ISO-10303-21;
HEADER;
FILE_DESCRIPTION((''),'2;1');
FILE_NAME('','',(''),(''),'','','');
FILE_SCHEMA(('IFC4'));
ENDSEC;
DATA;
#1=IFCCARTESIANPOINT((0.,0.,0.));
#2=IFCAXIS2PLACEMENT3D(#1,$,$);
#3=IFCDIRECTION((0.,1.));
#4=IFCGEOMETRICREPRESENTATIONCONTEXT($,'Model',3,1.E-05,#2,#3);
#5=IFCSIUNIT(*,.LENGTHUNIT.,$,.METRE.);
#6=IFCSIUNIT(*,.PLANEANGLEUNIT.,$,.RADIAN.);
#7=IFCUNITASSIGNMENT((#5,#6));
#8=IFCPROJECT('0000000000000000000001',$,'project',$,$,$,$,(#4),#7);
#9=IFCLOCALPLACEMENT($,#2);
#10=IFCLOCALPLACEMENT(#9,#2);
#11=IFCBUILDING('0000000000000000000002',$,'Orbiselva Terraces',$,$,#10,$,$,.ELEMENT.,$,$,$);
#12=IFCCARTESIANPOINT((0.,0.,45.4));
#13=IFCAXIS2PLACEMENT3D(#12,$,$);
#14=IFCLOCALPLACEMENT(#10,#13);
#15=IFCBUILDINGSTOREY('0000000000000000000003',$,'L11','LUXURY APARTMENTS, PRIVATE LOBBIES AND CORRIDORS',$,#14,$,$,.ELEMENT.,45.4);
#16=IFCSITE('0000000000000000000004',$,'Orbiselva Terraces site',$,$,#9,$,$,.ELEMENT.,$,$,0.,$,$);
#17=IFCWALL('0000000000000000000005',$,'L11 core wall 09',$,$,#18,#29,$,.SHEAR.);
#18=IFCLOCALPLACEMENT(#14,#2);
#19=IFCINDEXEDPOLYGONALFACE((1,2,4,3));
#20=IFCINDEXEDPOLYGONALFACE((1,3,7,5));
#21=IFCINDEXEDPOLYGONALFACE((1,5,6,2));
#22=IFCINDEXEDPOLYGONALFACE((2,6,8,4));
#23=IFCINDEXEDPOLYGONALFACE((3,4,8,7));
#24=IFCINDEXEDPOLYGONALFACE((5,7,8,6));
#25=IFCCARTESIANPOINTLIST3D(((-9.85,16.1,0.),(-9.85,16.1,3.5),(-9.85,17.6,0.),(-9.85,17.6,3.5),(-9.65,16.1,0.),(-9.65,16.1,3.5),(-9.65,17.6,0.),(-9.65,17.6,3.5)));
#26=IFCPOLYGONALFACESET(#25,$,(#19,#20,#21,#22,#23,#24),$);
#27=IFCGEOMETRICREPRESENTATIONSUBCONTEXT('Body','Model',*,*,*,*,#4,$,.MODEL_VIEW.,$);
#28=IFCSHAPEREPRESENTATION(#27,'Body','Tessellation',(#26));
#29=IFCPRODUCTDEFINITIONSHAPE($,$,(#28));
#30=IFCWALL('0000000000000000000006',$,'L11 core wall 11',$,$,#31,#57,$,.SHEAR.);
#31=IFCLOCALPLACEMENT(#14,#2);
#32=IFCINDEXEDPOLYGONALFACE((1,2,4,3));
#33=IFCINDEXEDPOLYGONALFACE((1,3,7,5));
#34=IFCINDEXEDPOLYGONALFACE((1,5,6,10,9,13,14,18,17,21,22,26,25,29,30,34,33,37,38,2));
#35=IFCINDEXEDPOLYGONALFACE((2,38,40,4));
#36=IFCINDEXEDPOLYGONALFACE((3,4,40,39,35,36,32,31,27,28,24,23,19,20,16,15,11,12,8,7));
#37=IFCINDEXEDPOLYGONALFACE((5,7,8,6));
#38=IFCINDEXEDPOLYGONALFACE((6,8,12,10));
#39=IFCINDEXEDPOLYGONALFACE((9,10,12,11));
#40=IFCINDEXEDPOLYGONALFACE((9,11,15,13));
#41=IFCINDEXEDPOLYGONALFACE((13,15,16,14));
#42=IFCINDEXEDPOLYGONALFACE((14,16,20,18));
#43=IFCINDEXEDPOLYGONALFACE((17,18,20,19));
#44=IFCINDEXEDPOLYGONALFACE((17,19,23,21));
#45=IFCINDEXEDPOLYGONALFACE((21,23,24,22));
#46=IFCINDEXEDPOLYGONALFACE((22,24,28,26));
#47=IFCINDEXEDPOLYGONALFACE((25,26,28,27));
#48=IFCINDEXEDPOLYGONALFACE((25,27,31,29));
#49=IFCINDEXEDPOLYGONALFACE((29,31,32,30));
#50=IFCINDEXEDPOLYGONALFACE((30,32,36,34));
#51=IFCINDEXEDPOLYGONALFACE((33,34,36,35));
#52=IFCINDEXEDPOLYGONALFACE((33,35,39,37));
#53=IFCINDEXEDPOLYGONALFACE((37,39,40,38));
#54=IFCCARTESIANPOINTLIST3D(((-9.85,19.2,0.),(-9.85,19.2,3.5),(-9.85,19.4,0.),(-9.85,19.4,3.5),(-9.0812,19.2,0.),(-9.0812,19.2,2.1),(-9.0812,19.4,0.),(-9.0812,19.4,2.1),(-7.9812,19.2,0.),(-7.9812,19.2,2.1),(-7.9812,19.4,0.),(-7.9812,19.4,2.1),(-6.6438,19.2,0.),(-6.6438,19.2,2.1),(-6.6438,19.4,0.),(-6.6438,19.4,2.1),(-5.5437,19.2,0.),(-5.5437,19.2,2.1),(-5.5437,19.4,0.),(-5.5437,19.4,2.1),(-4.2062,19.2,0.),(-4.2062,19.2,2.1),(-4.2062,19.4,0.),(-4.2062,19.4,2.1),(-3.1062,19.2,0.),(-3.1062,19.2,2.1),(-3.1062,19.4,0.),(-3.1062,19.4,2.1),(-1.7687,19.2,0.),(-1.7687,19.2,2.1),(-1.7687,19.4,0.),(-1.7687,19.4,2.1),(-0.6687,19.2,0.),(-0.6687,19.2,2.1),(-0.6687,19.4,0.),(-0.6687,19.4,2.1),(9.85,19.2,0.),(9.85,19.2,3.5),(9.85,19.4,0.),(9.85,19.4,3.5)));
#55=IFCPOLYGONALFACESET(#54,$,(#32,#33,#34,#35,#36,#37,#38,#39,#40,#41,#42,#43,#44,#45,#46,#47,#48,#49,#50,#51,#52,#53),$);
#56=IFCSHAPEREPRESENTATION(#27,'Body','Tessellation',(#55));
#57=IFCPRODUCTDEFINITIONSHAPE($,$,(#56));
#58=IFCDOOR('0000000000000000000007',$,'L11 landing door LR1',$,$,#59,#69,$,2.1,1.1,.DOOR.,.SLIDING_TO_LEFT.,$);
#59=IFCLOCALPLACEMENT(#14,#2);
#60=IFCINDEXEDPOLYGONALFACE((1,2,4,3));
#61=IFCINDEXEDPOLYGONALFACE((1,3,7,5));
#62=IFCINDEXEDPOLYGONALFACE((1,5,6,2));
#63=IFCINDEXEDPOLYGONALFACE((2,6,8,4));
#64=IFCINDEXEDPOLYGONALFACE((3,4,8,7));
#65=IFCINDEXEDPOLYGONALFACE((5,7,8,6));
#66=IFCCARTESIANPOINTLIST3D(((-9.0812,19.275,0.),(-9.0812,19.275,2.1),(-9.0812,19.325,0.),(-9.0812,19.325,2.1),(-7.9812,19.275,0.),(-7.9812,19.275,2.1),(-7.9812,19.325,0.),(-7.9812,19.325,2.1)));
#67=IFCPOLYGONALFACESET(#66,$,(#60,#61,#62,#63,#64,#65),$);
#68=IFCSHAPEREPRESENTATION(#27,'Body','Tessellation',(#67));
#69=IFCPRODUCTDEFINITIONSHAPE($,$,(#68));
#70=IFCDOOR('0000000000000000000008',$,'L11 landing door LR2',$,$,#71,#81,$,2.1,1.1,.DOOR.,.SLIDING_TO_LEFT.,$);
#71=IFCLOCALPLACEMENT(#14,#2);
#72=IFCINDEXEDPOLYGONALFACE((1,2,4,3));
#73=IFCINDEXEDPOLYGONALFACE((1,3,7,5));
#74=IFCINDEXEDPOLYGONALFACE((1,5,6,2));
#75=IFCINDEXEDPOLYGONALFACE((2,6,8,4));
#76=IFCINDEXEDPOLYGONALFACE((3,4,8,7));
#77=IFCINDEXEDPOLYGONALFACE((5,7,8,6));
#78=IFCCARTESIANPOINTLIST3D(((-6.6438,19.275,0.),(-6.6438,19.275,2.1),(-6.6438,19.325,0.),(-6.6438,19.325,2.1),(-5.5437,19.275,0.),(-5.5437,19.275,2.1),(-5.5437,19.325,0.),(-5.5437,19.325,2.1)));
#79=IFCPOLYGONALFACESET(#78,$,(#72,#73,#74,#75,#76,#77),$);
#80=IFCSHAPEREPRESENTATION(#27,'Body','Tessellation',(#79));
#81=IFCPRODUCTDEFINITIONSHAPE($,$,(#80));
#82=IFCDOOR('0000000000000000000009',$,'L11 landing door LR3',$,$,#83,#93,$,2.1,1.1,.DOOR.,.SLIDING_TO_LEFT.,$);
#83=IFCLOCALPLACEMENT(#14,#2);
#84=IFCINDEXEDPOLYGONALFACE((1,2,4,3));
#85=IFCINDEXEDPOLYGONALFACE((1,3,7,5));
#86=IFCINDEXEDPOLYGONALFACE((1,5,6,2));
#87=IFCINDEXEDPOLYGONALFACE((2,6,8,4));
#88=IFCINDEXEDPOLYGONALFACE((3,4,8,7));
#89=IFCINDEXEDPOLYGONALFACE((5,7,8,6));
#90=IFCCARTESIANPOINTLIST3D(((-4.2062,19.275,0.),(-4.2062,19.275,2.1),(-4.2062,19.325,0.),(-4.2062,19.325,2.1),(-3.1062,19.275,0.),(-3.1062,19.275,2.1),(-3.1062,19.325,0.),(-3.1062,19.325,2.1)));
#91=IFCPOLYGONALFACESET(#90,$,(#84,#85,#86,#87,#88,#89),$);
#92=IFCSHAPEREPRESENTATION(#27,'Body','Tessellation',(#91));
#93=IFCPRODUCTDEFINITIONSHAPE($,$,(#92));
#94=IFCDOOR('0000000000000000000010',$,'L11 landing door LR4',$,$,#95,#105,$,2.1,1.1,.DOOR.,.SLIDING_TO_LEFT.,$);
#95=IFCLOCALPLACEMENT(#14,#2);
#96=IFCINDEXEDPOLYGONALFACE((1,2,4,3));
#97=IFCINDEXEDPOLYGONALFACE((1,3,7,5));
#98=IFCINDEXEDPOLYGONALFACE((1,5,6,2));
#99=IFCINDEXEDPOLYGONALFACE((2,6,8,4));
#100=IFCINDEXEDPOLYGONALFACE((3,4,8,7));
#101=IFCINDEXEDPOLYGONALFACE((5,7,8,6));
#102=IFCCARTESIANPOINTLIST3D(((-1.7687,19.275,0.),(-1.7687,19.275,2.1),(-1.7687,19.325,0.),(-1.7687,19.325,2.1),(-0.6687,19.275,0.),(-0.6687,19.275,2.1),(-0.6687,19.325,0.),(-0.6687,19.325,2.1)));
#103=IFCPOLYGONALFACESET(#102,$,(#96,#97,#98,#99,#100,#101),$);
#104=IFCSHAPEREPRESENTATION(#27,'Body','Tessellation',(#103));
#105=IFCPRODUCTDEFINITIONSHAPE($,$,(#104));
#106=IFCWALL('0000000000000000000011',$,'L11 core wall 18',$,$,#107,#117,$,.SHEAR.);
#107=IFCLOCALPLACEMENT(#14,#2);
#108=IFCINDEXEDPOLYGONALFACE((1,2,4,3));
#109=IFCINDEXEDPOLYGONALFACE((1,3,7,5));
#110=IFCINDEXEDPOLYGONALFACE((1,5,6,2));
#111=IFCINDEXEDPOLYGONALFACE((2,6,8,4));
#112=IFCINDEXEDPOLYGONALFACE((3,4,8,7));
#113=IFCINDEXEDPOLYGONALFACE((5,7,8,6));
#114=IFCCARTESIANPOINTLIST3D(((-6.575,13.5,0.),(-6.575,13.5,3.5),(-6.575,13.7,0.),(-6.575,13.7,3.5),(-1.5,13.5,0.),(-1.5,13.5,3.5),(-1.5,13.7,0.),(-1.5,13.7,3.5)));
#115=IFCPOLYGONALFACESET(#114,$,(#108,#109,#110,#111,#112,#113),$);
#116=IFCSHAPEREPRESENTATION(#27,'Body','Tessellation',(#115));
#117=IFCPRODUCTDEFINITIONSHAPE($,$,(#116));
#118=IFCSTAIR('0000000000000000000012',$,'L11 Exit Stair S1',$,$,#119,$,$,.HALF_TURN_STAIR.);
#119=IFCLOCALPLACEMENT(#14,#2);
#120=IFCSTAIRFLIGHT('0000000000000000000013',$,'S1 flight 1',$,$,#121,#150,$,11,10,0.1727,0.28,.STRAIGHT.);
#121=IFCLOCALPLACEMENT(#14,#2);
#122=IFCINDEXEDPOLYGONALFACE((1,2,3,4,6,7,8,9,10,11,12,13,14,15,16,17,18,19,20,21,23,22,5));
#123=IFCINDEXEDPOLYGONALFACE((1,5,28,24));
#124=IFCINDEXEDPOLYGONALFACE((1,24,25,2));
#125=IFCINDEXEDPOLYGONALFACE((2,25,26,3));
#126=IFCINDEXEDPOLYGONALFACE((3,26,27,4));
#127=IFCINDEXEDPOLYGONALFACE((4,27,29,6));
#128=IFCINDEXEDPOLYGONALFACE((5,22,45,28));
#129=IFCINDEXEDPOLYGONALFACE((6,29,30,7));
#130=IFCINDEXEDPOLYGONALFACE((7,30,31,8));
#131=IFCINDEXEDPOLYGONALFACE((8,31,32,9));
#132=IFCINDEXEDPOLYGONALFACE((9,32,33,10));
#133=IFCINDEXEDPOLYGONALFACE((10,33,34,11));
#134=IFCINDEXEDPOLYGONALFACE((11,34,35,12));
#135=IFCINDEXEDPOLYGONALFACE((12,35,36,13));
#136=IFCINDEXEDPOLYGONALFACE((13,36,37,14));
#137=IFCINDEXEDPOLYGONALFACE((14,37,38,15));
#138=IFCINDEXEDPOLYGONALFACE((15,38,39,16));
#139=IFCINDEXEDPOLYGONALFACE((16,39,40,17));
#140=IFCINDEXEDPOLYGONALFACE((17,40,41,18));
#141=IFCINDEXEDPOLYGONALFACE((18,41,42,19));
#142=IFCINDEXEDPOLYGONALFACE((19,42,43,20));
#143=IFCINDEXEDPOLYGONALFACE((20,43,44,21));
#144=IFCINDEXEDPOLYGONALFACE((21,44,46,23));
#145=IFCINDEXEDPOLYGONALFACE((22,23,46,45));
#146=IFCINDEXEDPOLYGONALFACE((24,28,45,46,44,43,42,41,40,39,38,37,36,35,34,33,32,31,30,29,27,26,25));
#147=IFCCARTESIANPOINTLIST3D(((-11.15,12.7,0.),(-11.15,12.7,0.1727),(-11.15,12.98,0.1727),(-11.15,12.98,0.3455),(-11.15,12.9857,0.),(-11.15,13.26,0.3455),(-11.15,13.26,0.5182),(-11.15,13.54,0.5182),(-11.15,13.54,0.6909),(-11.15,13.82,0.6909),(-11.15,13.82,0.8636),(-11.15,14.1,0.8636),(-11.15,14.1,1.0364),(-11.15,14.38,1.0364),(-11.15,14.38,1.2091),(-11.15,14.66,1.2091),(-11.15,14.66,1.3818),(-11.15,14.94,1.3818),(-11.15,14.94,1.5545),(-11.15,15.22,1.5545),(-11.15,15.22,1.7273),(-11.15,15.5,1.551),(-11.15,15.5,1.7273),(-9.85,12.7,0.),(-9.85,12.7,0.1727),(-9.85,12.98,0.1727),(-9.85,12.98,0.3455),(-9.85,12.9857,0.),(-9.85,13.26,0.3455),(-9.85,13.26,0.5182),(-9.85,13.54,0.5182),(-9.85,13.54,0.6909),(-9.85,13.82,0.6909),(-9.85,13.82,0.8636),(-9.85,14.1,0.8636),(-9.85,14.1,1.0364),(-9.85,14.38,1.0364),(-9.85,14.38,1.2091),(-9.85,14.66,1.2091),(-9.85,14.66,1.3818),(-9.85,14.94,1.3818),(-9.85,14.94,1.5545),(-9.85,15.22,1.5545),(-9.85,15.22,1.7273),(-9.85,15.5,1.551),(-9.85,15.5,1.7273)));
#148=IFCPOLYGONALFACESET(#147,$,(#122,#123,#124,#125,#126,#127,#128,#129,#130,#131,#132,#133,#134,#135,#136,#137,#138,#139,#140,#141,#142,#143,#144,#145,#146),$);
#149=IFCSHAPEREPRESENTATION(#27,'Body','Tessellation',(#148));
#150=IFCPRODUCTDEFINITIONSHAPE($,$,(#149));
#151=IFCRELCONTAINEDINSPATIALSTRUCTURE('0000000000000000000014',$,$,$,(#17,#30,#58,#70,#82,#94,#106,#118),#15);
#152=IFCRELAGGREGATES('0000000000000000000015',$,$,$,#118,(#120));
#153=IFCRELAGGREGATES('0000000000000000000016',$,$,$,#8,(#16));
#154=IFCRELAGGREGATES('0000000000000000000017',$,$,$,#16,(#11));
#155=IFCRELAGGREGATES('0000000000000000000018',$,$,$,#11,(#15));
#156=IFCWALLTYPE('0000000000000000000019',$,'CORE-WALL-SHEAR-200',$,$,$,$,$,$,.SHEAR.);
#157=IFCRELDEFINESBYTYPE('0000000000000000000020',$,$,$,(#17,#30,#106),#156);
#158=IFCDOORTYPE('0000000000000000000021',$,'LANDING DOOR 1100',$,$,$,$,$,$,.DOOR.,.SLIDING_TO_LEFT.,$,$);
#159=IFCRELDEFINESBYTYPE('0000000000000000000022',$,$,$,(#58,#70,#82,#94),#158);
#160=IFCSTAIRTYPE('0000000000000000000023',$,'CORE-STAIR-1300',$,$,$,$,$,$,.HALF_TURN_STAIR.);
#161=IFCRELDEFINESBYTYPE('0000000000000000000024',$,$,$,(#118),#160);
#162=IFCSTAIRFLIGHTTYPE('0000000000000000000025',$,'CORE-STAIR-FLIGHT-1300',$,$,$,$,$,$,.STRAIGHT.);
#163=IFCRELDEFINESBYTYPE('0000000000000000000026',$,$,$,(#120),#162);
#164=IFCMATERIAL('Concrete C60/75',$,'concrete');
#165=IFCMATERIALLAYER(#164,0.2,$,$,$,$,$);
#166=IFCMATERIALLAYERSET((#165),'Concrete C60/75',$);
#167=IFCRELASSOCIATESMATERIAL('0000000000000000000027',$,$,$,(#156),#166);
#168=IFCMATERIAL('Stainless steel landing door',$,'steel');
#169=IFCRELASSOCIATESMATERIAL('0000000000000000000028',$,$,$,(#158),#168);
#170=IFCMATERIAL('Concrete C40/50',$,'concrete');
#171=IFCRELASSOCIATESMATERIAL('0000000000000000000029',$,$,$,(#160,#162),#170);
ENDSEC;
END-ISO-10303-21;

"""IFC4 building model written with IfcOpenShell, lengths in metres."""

from ifc_helpers import new_model, si_unit, direction, frame, frame_2d, origin, place, context, subcontext, project, spatial, polyline, rectangle, outline, extrude, material, layer, layer_set, type_object, element, fill, aggregate, save


model = new_model("IFC4")

# Units and contexts
model_context = context("Model", 3, precision=1e-05, world=origin(), true_north=direction((0.0, 1.0)))
body_context = subcontext(model_context, "Body", "Model", "MODEL_VIEW")
ifc_project = project(units=[si_unit("LENGTHUNIT", "METRE"), si_unit("PLANEANGLEUNIT", "RADIAN")], contexts=[model_context])

# Site, building, storey
site_placement = place(None, origin())
site = spatial("IfcSite", under=ifc_project, at=site_placement, Name="Orbiselva Terraces site", CompositionType="ELEMENT", RefElevation=0.0)
building_placement = place(site_placement, origin())
building = spatial("IfcBuilding", under=site, at=building_placement, Name="Orbiselva Terraces", CompositionType="ELEMENT")
storey_placement = place(building_placement, frame((0.0, 0.0, 45.4)))
storey = spatial("IfcBuildingStorey", under=building, at=storey_placement, Name="L11", Description="LUXURY APARTMENTS, PRIVATE LOBBIES AND CORRIDORS", CompositionType="ELEMENT", Elevation=45.4)

# Shared definitions
ifc_material_1 = material(Name="Concrete C40/50", Category="concrete")

# Shared definitions
ifc_material_2 = material(Name="Concrete C60/75", Category="concrete")
ifc_layer_1 = layer(ifc_material_2, 0.2)
ifc_layer_set_1 = layer_set([ifc_layer_1], Name="Concrete C60/75")
wall_type_1 = type_object("IfcWallType", Name="CORE-WALL-SHEAR-200", PredefinedType="SHEAR", material=ifc_layer_set_1)

# Wall
wall_1_placement = place(storey_placement, frame((-9.75, 16.1, 0.0), z_axis=(0.0, 0.0, 1.0), x_axis=(0.0, 1.0, 0.0)))
element("IfcWall", 1, at=wall_1_placement, inside=storey, type_object=wall_type_1, Name="L11 core wall 09", PredefinedType="SHEAR", context=body_context, shape_type="SweptSolid", body=[
    extrude(rectangle(XDim=1.5, YDim=0.2, at=frame_2d((0.75, 0.0))), origin(), (0.0, 0.0, 1.0), 3.5),
])

# Wall, openings, doors
wall_2_placement = place(storey_placement, frame((-9.85, 19.3, 0.0), z_axis=(0.0, 0.0, 1.0), x_axis=(1.0, 0.0, 0.0)))
wall_2 = element("IfcWall", 2, at=wall_2_placement, inside=storey, type_object=wall_type_1, Name="L11 core wall 11", PredefinedType="SHEAR", context=body_context, shape_type="SweptSolid", body=[
    extrude(rectangle(XDim=19.7, YDim=0.2, at=frame_2d((9.85, 0.0))), origin(), (0.0, 0.0, 1.0), 3.5),
])
opening_1_placement = place(wall_2_placement, frame((0.7688, 0.0, 0.0)))
opening_1 = element("IfcOpeningElement", 3, at=opening_1_placement, cuts=wall_2, PredefinedType="OPENING", context=body_context, shape_type="SweptSolid", body=[
    extrude(rectangle(XDim=1.1, YDim=2.1, at=frame_2d((0.55, 1.05))), frame((0.0, 0.11, 0.0), z_axis=(0.0, -1.0, 0.0), x_axis=(1.0, 0.0, 0.0)), (0.0, 0.0, 1.0), 0.22),
])
opening_2_placement = place(wall_2_placement, frame((3.2062, 0.0, 0.0)))
opening_2 = element("IfcOpeningElement", 4, at=opening_2_placement, cuts=wall_2, PredefinedType="OPENING", context=body_context, shape_type="SweptSolid", body=[
    extrude(rectangle(XDim=1.1, YDim=2.1, at=frame_2d((0.55, 1.05))), frame((0.0, 0.11, 0.0), z_axis=(0.0, -1.0, 0.0), x_axis=(1.0, 0.0, 0.0)), (0.0, 0.0, 1.0), 0.22),
])
opening_3_placement = place(wall_2_placement, frame((5.6437, 0.0, 0.0)))
opening_3 = element("IfcOpeningElement", 5, at=opening_3_placement, cuts=wall_2, PredefinedType="OPENING", context=body_context, shape_type="SweptSolid", body=[
    extrude(rectangle(XDim=1.1, YDim=2.1, at=frame_2d((0.55, 1.05))), frame((0.0, 0.11, 0.0), z_axis=(0.0, -1.0, 0.0), x_axis=(1.0, 0.0, 0.0)), (0.0, 0.0, 1.0), 0.22),
])
opening_4_placement = place(wall_2_placement, frame((8.0813, 0.0, 0.0)))
opening_4 = element("IfcOpeningElement", 6, at=opening_4_placement, cuts=wall_2, PredefinedType="OPENING", context=body_context, shape_type="SweptSolid", body=[
    extrude(rectangle(XDim=1.1, YDim=2.1, at=frame_2d((0.55, 1.05))), frame((0.0, 0.11, 0.0), z_axis=(0.0, -1.0, 0.0), x_axis=(1.0, 0.0, 0.0)), (0.0, 0.0, 1.0), 0.22),
])
ifc_material_3 = material(Name="Stainless steel landing door", Category="steel")
door_type_1 = type_object("IfcDoorType", Name="LANDING DOOR 1100", OperationType="SLIDING_TO_LEFT", PredefinedType="DOOR", material=ifc_material_3)
door_1_placement = place(opening_1_placement, origin())
door_1 = element("IfcDoor", 7, at=door_1_placement, inside=storey, type_object=door_type_1, Name="L11 landing door LR1", OperationType="SLIDING_TO_LEFT", OverallHeight=2.1, OverallWidth=1.1, PredefinedType="DOOR", context=body_context, shape_type="SweptSolid", body=[
    extrude(rectangle(XDim=1.1, YDim=2.1, at=frame_2d((0.55, 1.05))), frame((0.0, 0.025, 0.0), z_axis=(0.0, -1.0, 0.0), x_axis=(1.0, 0.0, 0.0)), (0.0, 0.0, 1.0), 0.05),
])
fill(opening_1, door_1)
door_2_placement = place(opening_2_placement, origin())
door_2 = element("IfcDoor", 8, at=door_2_placement, inside=storey, type_object=door_type_1, Name="L11 landing door LR2", OperationType="SLIDING_TO_LEFT", OverallHeight=2.1, OverallWidth=1.1, PredefinedType="DOOR", context=body_context, shape_type="SweptSolid", body=[
    extrude(rectangle(XDim=1.1, YDim=2.1, at=frame_2d((0.55, 1.05))), frame((0.0, 0.025, 0.0), z_axis=(0.0, -1.0, 0.0), x_axis=(1.0, 0.0, 0.0)), (0.0, 0.0, 1.0), 0.05),
])
fill(opening_2, door_2)
door_3_placement = place(opening_3_placement, origin())
door_3 = element("IfcDoor", 9, at=door_3_placement, inside=storey, type_object=door_type_1, Name="L11 landing door LR3", OperationType="SLIDING_TO_LEFT", OverallHeight=2.1, OverallWidth=1.1, PredefinedType="DOOR", context=body_context, shape_type="SweptSolid", body=[
    extrude(rectangle(XDim=1.1, YDim=2.1, at=frame_2d((0.55, 1.05))), frame((0.0, 0.025, 0.0), z_axis=(0.0, -1.0, 0.0), x_axis=(1.0, 0.0, 0.0)), (0.0, 0.0, 1.0), 0.05),
])
fill(opening_3, door_3)
door_4_placement = place(opening_4_placement, origin())
door_4 = element("IfcDoor", 10, at=door_4_placement, inside=storey, type_object=door_type_1, Name="L11 landing door LR4", OperationType="SLIDING_TO_LEFT", OverallHeight=2.1, OverallWidth=1.1, PredefinedType="DOOR", context=body_context, shape_type="SweptSolid", body=[
    extrude(rectangle(XDim=1.1, YDim=2.1, at=frame_2d((0.55, 1.05))), frame((0.0, 0.025, 0.0), z_axis=(0.0, -1.0, 0.0), x_axis=(1.0, 0.0, 0.0)), (0.0, 0.0, 1.0), 0.05),
])
fill(opening_4, door_4)

# Wall
wall_3_placement = place(storey_placement, frame((-6.575, 13.6, 0.0), z_axis=(0.0, 0.0, 1.0), x_axis=(1.0, 0.0, 0.0)))
element("IfcWall", 11, at=wall_3_placement, inside=storey, type_object=wall_type_1, Name="L11 core wall 18", PredefinedType="SHEAR", context=body_context, shape_type="SweptSolid", body=[
    extrude(rectangle(XDim=5.075, YDim=0.2, at=frame_2d((2.5375, 0.0))), origin(), (0.0, 0.0, 1.0), 3.5),
])

# Stair, stair flight
stair_type = type_object("IfcStairType", Name="CORE-STAIR-1300", PredefinedType="HALF_TURN_STAIR", material=ifc_material_1)
stair_placement = place(storey_placement, origin())
stair = element("IfcStair", 12, at=stair_placement, inside=storey, type_object=stair_type, Name="L11 Exit Stair S1", PredefinedType="HALF_TURN_STAIR")
stair_flight_type = type_object("IfcStairFlightType", Name="CORE-STAIR-FLIGHT-1300", PredefinedType="STRAIGHT", material=ifc_material_1)
stair_flight_placement = place(storey_placement, frame((-10.5, 12.7, 0.0), z_axis=(0.0, 0.0, 1.0), x_axis=(0.0, 1.0, 0.0)))
stair_flight = element("IfcStairFlight", 13, at=stair_flight_placement, type_object=stair_flight_type, Name="S1 flight 1", NumberOfRisers=11, NumberOfTreads=10, PredefinedType="STRAIGHT", RiserHeight=0.1727, TreadLength=0.28, context=body_context, shape_type="SweptSolid", body=[
    extrude(outline(polyline([(0.0, 0.0), (0.0, 0.1727), (0.28, 0.1727), (0.28, 0.3455), (0.56, 0.3455), (0.56, 0.5182), (0.84, 0.5182), (0.84, 0.6909), (1.12, 0.6909), (1.12, 0.8636), (1.4, 0.8636), (1.4, 1.0364), (1.68, 1.0364), (1.68, 1.2091), (1.96, 1.2091), (1.96, 1.3818), (2.24, 1.3818), (2.24, 1.5545), (2.52, 1.5545), (2.52, 1.7273), (2.8, 1.7273), (2.8, 1.9), (2.8, 1.551), (0.2857, 0.0), (0.0, 0.0)])), frame((0.0, 0.65, 0.0), z_axis=(0.0, -1.0, 0.0), x_axis=(1.0, 0.0, 0.0)), (0.0, 0.0, 1.0), 1.3),
])
aggregate(stair, [stair_flight])

save(model, "model.ifc")
